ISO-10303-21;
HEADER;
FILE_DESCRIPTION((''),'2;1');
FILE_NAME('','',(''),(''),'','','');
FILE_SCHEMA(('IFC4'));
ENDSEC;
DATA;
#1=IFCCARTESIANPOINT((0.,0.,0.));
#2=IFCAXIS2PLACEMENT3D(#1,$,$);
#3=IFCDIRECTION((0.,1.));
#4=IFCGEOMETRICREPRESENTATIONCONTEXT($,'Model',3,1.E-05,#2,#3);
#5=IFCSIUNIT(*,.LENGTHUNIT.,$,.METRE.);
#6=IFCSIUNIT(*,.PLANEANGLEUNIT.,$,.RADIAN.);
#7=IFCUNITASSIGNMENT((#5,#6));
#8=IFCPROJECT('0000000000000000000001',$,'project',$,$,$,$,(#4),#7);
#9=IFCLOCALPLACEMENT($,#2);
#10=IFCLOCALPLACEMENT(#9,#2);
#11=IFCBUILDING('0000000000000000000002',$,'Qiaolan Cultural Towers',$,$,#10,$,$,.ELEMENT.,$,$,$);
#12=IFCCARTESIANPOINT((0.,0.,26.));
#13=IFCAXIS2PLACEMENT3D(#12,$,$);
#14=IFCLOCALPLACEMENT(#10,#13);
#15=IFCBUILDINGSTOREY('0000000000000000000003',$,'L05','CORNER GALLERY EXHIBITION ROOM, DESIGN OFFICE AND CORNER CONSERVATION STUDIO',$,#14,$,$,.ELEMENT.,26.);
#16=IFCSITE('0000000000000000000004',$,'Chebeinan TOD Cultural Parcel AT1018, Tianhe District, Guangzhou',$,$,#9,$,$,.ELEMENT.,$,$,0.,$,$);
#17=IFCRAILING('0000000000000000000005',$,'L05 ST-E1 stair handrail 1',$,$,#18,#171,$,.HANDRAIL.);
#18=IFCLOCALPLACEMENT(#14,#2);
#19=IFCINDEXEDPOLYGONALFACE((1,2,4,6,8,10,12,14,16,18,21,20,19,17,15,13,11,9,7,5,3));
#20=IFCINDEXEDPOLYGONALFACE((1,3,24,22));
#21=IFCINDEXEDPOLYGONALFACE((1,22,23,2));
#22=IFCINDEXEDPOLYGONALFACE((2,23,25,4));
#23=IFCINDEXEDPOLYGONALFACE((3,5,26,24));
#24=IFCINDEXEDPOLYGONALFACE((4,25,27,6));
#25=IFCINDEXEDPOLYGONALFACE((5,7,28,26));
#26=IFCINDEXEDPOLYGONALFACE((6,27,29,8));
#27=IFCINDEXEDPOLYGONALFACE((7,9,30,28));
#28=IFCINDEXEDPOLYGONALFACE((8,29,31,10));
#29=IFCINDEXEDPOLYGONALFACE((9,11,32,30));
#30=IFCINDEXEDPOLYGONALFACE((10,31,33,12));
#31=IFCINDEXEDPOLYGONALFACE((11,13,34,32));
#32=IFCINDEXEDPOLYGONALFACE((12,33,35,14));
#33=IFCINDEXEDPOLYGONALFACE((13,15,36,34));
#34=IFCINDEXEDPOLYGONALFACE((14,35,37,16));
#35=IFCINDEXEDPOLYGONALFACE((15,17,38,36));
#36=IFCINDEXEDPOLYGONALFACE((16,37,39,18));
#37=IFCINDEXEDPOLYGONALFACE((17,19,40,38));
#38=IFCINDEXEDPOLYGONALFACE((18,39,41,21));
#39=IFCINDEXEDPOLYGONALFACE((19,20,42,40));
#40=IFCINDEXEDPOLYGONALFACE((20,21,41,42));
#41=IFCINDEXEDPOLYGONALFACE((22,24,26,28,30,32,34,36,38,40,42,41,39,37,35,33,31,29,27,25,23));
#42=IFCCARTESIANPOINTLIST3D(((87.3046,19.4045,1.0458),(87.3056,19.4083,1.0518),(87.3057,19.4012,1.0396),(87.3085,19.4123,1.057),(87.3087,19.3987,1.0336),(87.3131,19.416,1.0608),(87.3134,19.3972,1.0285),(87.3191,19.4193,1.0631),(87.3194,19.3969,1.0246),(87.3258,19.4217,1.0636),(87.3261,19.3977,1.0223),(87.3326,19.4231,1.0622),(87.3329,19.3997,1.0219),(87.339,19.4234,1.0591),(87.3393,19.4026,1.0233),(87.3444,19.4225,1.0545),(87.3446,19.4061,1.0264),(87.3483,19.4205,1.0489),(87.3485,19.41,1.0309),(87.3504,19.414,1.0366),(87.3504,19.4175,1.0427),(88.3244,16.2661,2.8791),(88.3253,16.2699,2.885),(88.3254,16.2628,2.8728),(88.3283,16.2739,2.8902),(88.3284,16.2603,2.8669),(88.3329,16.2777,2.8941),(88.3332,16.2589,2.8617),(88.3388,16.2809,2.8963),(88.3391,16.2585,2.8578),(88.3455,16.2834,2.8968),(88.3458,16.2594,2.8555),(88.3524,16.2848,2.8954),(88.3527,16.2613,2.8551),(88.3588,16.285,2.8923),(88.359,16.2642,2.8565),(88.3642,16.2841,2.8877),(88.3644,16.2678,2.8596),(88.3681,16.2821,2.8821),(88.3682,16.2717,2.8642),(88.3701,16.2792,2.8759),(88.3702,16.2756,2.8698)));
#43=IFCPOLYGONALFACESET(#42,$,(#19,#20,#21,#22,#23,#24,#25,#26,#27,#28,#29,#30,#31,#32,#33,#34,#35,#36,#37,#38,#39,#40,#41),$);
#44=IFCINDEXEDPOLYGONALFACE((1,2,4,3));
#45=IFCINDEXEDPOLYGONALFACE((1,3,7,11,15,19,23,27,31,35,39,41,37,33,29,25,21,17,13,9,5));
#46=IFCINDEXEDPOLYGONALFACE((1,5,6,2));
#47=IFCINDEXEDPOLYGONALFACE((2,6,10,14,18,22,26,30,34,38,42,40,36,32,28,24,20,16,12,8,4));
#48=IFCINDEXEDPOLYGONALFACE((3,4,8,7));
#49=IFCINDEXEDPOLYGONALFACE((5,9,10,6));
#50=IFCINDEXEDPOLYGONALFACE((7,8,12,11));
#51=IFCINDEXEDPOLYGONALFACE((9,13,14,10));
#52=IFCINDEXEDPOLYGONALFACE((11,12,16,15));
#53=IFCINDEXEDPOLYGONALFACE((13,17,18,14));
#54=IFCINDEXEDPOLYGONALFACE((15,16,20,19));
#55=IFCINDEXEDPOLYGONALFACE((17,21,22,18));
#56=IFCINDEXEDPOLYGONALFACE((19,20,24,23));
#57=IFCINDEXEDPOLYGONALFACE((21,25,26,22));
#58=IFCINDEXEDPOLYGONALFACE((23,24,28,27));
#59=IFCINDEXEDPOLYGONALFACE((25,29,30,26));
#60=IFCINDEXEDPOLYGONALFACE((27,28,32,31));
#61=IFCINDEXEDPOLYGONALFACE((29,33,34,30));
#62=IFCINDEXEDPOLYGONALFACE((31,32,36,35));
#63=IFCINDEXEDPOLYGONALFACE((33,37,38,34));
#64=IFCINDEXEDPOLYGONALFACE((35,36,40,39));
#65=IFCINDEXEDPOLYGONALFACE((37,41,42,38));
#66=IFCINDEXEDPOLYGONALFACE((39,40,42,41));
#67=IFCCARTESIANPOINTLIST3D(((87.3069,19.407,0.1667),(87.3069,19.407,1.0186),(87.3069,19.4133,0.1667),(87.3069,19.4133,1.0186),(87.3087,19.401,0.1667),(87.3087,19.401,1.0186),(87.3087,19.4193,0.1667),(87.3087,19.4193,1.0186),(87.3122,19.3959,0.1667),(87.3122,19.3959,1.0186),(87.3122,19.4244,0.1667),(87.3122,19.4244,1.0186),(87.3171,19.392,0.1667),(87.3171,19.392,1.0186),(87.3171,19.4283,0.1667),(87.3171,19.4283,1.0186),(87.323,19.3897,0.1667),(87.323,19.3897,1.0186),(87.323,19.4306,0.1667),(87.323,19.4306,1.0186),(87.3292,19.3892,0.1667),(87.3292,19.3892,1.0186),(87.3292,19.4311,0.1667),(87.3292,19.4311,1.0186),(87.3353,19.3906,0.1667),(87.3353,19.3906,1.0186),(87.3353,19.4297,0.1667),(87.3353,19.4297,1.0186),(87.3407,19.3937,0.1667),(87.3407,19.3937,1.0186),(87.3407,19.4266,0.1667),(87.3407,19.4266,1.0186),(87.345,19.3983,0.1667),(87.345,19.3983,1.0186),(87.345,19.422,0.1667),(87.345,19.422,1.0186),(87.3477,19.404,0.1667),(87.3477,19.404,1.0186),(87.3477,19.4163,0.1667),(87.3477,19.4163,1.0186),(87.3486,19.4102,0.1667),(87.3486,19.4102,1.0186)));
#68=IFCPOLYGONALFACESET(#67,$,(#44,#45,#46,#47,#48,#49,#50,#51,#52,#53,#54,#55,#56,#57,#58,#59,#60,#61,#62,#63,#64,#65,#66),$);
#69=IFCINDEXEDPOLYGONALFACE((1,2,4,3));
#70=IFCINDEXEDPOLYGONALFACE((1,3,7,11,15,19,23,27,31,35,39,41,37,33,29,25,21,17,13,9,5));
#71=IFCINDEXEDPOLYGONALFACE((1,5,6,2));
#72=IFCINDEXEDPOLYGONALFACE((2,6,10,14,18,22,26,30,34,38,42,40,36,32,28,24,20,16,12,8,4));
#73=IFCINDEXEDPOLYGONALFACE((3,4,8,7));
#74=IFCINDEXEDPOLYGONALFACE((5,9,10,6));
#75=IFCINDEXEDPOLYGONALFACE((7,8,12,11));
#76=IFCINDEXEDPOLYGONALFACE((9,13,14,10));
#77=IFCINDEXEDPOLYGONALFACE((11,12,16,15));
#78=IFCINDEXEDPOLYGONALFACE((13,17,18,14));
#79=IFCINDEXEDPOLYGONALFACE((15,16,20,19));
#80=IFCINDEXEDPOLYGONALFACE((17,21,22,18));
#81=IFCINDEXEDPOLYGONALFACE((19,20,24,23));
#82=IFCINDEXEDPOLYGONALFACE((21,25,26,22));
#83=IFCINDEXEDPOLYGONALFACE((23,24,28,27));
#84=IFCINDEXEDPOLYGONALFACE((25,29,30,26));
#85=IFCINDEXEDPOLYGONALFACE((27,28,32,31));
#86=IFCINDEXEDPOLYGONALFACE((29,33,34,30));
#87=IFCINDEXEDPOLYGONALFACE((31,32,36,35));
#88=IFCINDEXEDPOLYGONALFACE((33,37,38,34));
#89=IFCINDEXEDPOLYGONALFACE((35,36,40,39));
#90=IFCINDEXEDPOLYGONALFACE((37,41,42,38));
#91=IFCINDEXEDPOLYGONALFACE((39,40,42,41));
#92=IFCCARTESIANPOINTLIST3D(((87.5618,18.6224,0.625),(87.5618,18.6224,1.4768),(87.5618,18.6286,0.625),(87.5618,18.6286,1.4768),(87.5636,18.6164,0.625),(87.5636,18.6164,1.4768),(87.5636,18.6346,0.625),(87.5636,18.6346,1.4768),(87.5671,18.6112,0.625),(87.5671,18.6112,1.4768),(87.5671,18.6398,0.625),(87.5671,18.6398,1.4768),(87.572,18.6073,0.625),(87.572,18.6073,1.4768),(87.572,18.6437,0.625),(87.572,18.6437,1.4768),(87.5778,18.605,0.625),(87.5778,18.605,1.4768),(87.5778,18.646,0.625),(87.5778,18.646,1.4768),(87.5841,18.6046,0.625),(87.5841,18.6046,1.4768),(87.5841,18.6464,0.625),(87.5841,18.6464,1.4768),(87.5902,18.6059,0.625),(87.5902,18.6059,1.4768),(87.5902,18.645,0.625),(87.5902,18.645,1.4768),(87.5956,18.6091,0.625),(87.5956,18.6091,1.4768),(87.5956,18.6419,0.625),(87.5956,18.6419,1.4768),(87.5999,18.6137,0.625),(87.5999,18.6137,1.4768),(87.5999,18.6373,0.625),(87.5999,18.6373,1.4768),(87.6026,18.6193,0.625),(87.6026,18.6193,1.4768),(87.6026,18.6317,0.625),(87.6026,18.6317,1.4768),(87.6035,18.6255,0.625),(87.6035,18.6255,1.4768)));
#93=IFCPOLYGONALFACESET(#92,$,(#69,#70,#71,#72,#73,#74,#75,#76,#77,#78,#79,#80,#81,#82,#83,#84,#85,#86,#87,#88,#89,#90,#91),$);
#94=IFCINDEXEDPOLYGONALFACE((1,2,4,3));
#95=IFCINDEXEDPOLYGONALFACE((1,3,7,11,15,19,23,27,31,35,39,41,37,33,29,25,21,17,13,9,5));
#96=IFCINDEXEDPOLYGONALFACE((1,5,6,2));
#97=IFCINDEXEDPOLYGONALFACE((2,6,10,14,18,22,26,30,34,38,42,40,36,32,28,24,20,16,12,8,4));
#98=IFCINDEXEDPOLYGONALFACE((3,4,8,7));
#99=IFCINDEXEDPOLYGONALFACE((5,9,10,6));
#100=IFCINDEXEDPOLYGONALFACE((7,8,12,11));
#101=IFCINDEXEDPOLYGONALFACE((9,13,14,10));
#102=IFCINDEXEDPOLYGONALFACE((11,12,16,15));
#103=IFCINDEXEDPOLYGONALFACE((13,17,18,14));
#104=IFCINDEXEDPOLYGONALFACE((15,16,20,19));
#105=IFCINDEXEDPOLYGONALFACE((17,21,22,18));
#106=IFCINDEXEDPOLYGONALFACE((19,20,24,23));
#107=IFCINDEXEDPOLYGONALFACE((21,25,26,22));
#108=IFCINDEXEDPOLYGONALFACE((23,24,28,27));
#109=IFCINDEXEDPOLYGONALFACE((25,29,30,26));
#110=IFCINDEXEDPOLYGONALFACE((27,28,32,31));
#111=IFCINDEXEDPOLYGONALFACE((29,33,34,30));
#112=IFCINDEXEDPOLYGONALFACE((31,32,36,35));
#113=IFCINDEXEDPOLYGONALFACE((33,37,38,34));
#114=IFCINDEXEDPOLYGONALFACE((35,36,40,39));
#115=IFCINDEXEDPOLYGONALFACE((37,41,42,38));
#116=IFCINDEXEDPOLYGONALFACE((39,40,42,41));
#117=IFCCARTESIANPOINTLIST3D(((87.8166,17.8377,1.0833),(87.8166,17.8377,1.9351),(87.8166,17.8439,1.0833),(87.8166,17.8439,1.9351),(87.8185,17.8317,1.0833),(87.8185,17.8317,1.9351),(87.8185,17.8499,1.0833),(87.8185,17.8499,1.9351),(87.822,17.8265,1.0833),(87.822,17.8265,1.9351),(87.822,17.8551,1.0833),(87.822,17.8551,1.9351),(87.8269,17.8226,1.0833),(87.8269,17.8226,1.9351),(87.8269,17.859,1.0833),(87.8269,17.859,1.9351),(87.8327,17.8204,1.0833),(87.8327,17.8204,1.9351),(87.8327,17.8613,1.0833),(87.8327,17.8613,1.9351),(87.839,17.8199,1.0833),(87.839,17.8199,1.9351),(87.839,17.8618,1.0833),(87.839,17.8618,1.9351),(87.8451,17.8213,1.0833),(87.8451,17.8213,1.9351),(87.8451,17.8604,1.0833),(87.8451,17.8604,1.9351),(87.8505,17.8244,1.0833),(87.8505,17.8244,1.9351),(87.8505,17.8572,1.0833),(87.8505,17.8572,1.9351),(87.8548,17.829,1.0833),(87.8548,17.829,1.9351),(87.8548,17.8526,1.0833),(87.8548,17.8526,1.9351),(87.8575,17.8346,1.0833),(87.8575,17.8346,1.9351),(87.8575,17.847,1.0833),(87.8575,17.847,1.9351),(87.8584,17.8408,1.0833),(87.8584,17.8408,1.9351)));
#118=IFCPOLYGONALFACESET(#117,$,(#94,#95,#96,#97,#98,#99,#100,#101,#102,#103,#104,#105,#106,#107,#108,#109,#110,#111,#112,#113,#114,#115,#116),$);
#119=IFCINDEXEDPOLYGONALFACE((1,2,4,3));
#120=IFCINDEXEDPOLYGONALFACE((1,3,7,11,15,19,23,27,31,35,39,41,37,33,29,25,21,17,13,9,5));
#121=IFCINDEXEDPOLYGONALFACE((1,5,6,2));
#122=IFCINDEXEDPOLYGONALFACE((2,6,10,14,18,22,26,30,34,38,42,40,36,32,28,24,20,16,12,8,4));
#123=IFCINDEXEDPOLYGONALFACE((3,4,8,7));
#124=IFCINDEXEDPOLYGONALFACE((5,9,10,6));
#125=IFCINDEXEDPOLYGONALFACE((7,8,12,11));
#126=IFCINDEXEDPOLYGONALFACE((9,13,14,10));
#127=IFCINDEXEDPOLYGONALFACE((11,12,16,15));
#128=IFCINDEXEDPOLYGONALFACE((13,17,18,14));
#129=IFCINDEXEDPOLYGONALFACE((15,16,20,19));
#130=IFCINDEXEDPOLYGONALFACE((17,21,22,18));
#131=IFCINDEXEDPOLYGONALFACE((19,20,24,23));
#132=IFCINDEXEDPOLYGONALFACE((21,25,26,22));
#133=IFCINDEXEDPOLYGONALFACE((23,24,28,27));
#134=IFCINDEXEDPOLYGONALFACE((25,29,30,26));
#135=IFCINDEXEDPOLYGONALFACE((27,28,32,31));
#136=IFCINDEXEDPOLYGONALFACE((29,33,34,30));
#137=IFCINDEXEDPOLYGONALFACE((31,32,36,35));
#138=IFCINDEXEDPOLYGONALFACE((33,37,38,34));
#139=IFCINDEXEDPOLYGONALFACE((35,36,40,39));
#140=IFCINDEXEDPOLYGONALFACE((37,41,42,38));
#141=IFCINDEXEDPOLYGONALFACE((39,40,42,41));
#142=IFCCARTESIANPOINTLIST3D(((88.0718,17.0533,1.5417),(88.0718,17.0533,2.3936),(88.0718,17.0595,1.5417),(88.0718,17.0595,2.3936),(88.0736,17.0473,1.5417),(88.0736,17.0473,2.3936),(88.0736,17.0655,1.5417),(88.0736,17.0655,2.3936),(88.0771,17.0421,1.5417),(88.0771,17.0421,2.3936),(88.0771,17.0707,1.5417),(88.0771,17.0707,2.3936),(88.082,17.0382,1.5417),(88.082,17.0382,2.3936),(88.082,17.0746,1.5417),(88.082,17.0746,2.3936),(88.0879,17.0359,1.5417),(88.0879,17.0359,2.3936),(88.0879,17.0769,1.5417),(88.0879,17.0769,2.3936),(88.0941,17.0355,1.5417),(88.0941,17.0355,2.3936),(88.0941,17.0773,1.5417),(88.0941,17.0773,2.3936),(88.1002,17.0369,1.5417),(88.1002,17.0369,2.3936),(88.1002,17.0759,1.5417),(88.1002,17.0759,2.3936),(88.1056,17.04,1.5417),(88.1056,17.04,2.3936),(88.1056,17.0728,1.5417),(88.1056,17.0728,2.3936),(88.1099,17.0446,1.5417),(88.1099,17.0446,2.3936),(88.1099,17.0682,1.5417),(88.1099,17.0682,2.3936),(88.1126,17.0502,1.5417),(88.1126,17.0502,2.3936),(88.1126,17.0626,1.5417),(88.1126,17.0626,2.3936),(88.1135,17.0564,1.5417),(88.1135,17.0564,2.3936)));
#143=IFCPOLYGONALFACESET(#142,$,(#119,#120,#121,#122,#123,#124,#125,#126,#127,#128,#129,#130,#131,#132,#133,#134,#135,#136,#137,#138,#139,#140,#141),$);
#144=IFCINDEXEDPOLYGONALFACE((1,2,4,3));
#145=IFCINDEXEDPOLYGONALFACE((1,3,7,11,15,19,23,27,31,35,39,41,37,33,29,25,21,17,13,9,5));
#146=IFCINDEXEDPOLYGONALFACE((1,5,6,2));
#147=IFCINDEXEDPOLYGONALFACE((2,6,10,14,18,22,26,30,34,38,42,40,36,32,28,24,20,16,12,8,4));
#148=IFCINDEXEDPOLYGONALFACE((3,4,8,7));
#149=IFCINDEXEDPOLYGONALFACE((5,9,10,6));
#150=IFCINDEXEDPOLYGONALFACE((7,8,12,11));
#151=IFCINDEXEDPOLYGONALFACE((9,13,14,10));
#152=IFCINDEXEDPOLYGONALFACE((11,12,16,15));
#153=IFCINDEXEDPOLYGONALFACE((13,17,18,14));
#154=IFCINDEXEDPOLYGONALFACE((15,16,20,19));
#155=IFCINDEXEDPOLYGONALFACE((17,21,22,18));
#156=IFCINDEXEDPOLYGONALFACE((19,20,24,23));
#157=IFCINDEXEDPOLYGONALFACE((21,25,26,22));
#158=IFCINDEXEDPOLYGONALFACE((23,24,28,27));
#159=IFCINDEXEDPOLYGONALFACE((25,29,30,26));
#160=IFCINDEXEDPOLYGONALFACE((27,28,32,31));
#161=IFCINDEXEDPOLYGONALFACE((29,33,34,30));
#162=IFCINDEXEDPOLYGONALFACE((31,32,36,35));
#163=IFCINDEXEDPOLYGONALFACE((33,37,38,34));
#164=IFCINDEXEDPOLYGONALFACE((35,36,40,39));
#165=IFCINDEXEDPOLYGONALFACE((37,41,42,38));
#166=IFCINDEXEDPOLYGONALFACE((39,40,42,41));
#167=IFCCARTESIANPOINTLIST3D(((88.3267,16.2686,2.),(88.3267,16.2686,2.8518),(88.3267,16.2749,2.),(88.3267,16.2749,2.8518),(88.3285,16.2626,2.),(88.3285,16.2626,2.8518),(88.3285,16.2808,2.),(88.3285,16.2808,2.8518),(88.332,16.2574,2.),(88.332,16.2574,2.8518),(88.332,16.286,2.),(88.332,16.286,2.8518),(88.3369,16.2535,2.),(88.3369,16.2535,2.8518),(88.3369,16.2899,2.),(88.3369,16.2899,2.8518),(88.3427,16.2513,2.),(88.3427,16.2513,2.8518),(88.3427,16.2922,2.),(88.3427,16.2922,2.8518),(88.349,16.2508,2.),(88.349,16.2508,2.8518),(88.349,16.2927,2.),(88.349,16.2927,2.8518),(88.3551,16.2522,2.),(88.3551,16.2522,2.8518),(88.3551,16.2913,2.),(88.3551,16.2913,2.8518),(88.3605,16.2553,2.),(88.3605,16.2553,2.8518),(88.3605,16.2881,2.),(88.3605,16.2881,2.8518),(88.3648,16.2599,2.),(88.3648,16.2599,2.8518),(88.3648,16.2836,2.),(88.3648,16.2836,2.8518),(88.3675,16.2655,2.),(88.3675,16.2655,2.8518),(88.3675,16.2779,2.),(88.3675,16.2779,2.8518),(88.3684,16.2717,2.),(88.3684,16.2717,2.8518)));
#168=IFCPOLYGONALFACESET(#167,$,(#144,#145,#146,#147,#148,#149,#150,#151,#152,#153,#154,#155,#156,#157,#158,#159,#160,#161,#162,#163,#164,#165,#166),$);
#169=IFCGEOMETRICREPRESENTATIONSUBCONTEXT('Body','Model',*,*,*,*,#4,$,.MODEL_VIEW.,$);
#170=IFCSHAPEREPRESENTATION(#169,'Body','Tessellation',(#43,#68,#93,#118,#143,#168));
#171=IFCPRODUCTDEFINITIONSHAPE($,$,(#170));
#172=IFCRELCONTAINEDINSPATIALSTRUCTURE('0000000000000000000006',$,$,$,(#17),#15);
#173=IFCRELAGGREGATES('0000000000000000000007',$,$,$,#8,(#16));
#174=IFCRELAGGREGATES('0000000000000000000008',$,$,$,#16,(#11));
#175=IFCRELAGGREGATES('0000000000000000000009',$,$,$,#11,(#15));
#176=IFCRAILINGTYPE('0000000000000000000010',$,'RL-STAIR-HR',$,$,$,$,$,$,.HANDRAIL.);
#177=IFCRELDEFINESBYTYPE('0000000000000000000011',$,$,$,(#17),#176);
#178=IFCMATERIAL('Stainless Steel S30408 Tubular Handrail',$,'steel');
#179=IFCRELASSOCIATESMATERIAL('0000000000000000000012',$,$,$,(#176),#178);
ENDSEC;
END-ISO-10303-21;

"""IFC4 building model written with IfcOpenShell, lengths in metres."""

from ifc_helpers import new_model, si_unit, direction, frame, origin, origin_2d, place, context, subcontext, project, spatial, circle, extrude, material, type_object, element, save


model = new_model("IFC4")

# Units and contexts
model_context = context("Model", 3, precision=1e-05, world=origin(), true_north=direction((0.0, 1.0)))
body_context = subcontext(model_context, "Body", "Model", "MODEL_VIEW")
ifc_project = project(units=[si_unit("LENGTHUNIT", "METRE"), si_unit("PLANEANGLEUNIT", "RADIAN")], contexts=[model_context])

# Site, building, storey
site_placement = place(None, origin())
site = spatial("IfcSite", under=ifc_project, at=site_placement, Name="Chebeinan TOD Cultural Parcel AT1018, Tianhe District, Guangzhou", CompositionType="ELEMENT", RefElevation=0.0)
building_placement = place(site_placement, origin())
building = spatial("IfcBuilding", under=site, at=building_placement, Name="Qiaolan Cultural Towers", CompositionType="ELEMENT")
storey_placement = place(building_placement, frame((0.0, 0.0, 26.0)))
storey = spatial("IfcBuildingStorey", under=building, at=storey_placement, Name="L05", Description="CORNER GALLERY EXHIBITION ROOM, DESIGN OFFICE AND CORNER CONSERVATION STUDIO", CompositionType="ELEMENT", Elevation=26.0)

# Railing
ifc_material_1 = material(Name="Stainless Steel S30408 Tubular Handrail", Category="steel")
railing_type_1 = type_object("IfcRailingType", Name="RL-STAIR-HR", PredefinedType="HANDRAIL", material=ifc_material_1)
railing_1_placement = place(storey_placement, frame((87.3276, 19.4102, 0.1667)))
element("IfcRailing", 1, at=railing_1_placement, inside=storey, type_object=railing_type_1, Name="L05 ST-E1 stair handrail 1", PredefinedType="HANDRAIL", context=body_context, shape_type="SweptSolid", body=[
    extrude(circle(Radius=0.0239, at=origin_2d()), frame((0.0, 0.0, 0.876), z_axis=(0.270141, -0.831376, 0.485632), x_axis=(0.951053, 0.309028, 0.0)), (0.0, 0.0, 1.0), 3.7749),
    extrude(circle(Radius=0.021, at=origin_2d()), origin(), (0.0, 0.0, 1.0), 0.8518),
    extrude(circle(Radius=0.021, at=origin_2d()), frame((0.2549, -0.7847, 0.4583)), (0.0, 0.0, 1.0), 0.8518),
    extrude(circle(Radius=0.021, at=origin_2d()), frame((0.5098, -1.5693, 0.9165)), (0.0, 0.0, 1.0), 0.8518),
    extrude(circle(Radius=0.021, at=origin_2d()), frame((0.7649, -2.3538, 1.375)), (0.0, 0.0, 1.0), 0.8518),
    extrude(circle(Radius=0.021, at=origin_2d()), frame((1.0198, -3.1384, 1.8333)), (0.0, 0.0, 1.0), 0.8518),
])

save(model, "model.ifc")
